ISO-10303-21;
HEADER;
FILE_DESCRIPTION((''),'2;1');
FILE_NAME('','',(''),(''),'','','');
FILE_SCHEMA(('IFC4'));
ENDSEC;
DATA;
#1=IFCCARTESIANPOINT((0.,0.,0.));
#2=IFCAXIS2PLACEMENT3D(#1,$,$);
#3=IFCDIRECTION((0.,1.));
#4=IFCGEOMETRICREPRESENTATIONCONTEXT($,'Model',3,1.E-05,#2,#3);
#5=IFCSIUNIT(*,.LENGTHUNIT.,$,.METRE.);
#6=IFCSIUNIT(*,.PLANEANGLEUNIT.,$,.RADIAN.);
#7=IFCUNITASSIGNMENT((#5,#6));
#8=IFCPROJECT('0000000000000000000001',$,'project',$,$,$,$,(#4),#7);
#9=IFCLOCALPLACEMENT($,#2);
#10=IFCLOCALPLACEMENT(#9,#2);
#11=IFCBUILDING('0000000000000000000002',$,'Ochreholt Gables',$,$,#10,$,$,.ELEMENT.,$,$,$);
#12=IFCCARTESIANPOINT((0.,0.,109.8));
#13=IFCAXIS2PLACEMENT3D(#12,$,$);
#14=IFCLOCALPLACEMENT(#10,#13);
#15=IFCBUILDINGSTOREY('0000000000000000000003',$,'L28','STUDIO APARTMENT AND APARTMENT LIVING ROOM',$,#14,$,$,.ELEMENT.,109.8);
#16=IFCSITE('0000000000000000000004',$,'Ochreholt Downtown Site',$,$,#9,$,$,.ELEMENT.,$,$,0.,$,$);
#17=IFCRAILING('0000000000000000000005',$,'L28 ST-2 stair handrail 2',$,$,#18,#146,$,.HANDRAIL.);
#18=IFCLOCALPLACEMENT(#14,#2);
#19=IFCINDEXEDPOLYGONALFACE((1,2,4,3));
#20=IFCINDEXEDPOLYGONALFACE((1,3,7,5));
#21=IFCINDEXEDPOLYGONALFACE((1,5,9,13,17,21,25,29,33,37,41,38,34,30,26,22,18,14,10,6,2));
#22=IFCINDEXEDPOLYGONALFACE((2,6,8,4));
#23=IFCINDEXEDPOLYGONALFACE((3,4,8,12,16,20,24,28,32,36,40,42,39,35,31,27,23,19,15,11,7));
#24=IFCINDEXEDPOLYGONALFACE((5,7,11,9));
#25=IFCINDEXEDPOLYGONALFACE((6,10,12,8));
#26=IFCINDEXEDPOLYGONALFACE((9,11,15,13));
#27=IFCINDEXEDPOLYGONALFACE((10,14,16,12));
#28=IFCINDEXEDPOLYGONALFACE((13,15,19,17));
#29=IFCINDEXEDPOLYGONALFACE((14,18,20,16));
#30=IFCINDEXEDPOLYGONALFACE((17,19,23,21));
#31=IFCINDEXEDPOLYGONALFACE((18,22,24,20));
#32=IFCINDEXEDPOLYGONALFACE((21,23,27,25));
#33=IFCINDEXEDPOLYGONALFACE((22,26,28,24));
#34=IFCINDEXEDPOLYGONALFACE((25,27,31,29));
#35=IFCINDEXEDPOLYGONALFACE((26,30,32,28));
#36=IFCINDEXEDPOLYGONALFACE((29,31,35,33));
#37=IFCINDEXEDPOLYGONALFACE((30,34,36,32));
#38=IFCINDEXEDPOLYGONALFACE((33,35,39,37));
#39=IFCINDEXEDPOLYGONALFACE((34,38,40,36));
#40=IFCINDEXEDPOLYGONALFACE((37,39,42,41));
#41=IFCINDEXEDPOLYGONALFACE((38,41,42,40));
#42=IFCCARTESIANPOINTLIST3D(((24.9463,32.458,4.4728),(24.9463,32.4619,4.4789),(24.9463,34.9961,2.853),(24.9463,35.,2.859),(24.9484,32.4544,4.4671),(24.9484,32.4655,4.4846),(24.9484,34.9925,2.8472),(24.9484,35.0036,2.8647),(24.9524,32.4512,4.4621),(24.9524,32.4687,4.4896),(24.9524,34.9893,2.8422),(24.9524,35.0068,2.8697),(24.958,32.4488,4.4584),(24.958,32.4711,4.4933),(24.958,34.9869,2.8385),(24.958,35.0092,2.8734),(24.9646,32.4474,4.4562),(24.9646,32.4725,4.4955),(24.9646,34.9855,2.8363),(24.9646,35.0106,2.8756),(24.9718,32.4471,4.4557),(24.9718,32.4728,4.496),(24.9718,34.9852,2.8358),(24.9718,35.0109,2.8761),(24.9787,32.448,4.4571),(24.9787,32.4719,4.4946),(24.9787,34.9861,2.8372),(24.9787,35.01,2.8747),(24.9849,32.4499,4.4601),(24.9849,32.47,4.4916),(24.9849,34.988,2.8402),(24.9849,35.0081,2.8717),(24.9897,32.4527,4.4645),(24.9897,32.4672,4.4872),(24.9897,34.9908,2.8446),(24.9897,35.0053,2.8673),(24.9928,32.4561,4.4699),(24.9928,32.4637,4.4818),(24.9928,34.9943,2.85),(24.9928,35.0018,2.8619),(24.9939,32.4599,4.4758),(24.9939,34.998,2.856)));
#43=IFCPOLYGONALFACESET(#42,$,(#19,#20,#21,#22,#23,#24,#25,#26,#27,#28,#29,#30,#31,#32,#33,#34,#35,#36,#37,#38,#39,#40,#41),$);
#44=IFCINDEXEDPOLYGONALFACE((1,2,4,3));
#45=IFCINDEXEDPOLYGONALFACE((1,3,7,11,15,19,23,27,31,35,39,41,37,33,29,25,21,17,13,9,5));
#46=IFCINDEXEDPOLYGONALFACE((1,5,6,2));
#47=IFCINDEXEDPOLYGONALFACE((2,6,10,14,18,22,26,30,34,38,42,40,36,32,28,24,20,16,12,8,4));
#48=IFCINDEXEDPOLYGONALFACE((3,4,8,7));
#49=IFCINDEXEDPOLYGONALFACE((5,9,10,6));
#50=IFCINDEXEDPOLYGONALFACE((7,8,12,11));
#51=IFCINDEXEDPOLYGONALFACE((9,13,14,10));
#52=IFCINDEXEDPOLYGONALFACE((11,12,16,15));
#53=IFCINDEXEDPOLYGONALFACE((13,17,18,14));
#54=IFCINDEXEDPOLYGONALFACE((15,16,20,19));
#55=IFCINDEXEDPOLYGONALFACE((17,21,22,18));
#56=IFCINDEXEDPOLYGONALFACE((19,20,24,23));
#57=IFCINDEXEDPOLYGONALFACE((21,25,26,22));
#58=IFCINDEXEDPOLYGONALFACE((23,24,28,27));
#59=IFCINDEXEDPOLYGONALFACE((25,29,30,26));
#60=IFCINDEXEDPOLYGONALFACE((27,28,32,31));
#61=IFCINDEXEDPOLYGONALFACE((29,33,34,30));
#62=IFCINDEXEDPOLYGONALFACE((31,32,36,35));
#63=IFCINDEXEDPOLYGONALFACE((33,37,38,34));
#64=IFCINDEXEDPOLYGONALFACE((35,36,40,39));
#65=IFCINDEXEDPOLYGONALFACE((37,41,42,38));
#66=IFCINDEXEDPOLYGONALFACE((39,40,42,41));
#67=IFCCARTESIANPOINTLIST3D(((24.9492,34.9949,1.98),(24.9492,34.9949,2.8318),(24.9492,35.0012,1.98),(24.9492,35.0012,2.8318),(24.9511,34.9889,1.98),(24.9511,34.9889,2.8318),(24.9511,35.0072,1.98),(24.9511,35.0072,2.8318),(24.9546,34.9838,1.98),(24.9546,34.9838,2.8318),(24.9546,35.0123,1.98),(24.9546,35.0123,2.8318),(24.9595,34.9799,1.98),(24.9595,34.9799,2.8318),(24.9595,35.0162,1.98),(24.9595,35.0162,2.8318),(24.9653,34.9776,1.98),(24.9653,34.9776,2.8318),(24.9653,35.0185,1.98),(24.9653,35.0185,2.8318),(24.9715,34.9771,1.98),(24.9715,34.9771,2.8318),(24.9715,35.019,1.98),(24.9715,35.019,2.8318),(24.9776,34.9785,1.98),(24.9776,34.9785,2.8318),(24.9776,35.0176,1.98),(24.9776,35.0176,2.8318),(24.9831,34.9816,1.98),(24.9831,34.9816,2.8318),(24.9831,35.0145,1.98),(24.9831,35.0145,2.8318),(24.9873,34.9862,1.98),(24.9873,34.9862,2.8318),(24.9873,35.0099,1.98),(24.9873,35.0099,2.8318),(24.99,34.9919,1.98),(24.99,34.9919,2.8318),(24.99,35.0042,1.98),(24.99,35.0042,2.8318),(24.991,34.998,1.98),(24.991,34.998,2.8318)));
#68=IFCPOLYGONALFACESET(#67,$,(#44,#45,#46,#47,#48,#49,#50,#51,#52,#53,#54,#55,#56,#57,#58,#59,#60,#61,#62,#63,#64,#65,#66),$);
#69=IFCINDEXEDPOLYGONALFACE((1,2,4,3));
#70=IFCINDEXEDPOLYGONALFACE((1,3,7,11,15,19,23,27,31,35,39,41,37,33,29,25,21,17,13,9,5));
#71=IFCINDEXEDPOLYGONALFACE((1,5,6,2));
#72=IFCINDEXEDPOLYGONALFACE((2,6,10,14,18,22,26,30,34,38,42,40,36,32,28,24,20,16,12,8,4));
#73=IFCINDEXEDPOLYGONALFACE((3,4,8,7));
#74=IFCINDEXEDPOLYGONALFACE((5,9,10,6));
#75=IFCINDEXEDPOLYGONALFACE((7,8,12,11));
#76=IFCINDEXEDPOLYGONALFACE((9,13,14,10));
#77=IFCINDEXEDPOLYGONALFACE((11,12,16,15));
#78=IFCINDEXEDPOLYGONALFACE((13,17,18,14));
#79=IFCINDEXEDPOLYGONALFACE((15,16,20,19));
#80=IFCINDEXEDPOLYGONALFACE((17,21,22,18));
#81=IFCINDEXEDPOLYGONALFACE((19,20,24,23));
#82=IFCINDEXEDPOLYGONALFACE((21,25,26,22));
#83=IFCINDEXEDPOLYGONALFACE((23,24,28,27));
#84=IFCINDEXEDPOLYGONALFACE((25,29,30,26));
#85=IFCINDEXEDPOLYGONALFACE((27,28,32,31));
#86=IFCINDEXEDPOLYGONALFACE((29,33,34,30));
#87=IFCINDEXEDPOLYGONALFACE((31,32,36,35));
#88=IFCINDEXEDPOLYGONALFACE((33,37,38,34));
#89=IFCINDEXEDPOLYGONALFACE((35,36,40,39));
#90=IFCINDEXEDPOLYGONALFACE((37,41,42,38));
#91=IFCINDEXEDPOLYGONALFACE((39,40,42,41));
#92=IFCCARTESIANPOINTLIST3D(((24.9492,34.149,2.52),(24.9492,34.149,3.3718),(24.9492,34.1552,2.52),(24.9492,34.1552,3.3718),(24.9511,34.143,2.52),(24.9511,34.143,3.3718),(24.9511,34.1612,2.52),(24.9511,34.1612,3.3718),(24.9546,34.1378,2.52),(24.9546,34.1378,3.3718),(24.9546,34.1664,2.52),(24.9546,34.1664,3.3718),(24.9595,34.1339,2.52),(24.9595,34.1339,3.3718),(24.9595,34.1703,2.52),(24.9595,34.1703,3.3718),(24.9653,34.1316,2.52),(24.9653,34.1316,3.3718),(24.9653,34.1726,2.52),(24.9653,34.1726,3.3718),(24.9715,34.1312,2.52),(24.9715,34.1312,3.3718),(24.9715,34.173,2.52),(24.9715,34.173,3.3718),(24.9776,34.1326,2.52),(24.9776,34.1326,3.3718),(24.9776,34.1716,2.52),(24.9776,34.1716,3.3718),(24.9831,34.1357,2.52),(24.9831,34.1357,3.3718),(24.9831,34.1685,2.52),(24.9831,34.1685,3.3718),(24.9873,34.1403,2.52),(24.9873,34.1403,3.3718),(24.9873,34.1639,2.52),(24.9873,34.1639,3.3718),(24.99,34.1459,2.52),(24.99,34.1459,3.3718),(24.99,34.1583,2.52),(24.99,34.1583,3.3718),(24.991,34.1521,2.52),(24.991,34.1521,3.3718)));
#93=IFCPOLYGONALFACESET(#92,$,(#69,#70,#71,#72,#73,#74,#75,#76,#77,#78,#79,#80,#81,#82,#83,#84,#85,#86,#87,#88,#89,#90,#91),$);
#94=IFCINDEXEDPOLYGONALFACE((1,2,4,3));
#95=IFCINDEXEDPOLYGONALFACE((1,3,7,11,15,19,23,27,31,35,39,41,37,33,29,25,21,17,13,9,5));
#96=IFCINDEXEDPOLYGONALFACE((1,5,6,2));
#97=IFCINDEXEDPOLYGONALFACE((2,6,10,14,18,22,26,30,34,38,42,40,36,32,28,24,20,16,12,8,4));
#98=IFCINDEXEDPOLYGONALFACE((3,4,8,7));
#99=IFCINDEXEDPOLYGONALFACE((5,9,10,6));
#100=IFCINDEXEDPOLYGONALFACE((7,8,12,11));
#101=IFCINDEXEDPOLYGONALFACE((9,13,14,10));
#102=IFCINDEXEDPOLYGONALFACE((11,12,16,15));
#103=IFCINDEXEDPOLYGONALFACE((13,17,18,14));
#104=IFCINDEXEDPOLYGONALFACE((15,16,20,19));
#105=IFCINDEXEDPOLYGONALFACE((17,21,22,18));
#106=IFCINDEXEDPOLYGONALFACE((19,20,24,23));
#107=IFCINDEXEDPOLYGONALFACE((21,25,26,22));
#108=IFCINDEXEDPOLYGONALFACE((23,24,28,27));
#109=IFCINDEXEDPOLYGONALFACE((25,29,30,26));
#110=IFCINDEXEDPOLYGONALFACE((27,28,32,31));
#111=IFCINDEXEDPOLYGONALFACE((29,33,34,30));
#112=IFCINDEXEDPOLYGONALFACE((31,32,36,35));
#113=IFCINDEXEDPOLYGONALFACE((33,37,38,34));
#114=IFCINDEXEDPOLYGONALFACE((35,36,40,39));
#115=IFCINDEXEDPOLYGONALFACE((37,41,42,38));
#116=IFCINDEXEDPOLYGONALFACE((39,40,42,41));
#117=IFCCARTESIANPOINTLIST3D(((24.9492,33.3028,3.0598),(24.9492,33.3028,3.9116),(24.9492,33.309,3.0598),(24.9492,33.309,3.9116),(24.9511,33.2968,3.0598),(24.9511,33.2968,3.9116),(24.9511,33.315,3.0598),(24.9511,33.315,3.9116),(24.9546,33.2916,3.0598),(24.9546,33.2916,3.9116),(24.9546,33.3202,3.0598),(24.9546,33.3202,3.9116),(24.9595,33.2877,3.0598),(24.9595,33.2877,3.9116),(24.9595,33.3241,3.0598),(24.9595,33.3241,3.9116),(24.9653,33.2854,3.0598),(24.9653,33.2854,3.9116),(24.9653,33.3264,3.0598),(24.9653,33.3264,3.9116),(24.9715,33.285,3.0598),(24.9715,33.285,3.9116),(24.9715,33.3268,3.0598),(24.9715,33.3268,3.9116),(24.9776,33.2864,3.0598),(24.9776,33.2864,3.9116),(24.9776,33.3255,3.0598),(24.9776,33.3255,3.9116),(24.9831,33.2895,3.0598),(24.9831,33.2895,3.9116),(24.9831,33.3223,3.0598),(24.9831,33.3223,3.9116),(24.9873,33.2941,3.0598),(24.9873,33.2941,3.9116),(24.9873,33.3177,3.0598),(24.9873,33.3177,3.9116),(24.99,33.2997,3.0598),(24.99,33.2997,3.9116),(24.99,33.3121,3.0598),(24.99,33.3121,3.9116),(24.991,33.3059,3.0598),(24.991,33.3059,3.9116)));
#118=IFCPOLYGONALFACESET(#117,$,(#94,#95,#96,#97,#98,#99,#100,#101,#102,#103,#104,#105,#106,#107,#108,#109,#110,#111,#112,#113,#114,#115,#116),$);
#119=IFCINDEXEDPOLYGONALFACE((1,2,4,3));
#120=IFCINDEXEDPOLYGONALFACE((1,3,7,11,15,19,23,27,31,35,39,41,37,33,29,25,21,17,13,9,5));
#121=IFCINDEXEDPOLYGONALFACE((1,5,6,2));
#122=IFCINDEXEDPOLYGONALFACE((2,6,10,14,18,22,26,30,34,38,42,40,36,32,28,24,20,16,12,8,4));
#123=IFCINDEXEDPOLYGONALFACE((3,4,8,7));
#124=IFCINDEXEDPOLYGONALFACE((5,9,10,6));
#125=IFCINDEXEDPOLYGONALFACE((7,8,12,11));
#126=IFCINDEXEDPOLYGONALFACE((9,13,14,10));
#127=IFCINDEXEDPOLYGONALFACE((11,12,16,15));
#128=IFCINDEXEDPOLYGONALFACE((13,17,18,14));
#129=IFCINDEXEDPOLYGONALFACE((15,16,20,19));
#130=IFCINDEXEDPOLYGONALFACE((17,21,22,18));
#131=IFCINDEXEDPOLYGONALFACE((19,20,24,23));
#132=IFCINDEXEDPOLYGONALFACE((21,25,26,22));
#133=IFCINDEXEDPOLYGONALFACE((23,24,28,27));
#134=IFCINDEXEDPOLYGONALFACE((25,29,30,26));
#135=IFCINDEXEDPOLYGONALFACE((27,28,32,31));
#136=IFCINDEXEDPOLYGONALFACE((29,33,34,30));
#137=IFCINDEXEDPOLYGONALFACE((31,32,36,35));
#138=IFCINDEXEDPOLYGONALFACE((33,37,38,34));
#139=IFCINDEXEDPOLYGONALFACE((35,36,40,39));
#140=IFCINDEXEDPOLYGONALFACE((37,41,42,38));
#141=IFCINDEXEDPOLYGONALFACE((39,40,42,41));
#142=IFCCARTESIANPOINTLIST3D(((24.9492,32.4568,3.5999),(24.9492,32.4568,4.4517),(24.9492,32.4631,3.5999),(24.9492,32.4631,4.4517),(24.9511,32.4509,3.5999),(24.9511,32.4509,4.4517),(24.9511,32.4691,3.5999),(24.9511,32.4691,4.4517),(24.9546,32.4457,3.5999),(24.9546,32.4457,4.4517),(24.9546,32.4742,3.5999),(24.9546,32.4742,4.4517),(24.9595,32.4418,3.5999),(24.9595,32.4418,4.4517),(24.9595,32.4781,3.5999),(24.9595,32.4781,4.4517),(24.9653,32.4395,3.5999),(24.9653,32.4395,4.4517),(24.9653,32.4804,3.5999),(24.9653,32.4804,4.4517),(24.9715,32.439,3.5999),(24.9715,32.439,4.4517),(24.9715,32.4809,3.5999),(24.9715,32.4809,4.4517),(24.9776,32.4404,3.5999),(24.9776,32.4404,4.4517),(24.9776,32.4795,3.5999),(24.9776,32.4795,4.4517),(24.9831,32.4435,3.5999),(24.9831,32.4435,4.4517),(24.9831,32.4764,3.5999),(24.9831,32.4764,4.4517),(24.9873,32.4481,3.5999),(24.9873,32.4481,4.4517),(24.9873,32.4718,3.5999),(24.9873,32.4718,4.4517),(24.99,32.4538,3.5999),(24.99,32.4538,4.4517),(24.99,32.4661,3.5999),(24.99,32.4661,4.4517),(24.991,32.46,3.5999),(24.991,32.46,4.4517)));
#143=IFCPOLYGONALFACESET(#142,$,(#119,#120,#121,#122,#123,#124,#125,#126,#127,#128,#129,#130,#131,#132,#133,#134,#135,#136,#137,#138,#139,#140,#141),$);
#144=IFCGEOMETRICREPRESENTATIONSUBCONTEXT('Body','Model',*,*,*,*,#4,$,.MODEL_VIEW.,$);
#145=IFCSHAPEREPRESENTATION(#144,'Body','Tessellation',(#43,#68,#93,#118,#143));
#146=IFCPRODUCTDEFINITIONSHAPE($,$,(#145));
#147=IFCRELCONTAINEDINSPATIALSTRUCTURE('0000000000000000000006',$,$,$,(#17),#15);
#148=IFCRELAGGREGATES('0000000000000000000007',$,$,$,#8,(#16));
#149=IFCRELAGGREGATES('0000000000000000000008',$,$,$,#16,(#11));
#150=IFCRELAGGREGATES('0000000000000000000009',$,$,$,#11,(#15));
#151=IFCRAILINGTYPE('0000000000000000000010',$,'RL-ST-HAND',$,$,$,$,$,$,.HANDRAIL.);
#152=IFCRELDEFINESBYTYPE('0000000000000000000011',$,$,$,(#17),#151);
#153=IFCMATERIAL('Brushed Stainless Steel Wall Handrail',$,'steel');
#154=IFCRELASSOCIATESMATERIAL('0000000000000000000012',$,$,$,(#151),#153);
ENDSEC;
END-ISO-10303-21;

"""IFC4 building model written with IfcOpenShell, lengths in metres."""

from ifc_helpers import new_model, si_unit, direction, frame, origin, origin_2d, place, context, subcontext, project, spatial, circle, extrude, material, type_object, element, save


model = new_model("IFC4")

# Units and contexts
model_context = context("Model", 3, precision=1e-05, world=origin(), true_north=direction((0.0, 1.0)))
body_context = subcontext(model_context, "Body", "Model", "MODEL_VIEW")
ifc_project = project(units=[si_unit("LENGTHUNIT", "METRE"), si_unit("PLANEANGLEUNIT", "RADIAN")], contexts=[model_context])

# Site, building, storey
site_placement = place(None, origin())
site = spatial("IfcSite", under=ifc_project, at=site_placement, Name="Ochreholt Downtown Site", CompositionType="ELEMENT", RefElevation=0.0)
building_placement = place(site_placement, origin())
building = spatial("IfcBuilding", under=site, at=building_placement, Name="Ochreholt Gables", CompositionType="ELEMENT")
storey_placement = place(building_placement, frame((0.0, 0.0, 109.8)))
storey = spatial("IfcBuildingStorey", under=building, at=storey_placement, Name="L28", Description="STUDIO APARTMENT AND APARTMENT LIVING ROOM", CompositionType="ELEMENT", Elevation=109.8)

# Railing
ifc_material_1 = material(Name="Brushed Stainless Steel Wall Handrail", Category="steel")
railing_type_1 = type_object("IfcRailingType", Name="RL-ST-HAND", PredefinedType="HANDRAIL", material=ifc_material_1)
railing_1_placement = place(storey_placement, frame((24.97, 34.998, 1.98)))
element("IfcRailing", 1, at=railing_1_placement, inside=storey, type_object=railing_type_1, Name="L28 ST-2 stair handrail 2", PredefinedType="HANDRAIL", context=body_context, shape_type="SweptSolid", body=[
    extrude(circle(Radius=0.0239, at=origin_2d()), frame((0.0, 0.0, 0.876), z_axis=(0.0, -0.84295, 0.537993), x_axis=(1.0, 0.0, 0.0)), (0.0, 0.0, 1.0), 3.011),
    extrude(circle(Radius=0.021, at=origin_2d()), origin(), (0.0, 0.0, 1.0), 0.8518),
    extrude(circle(Radius=0.021, at=origin_2d()), frame((0.0, -0.8459, 0.54)), (0.0, 0.0, 1.0), 0.8518),
    extrude(circle(Radius=0.021, at=origin_2d()), frame((0.0, -1.6921, 1.0798)), (0.0, 0.0, 1.0), 0.8518),
    extrude(circle(Radius=0.021, at=origin_2d()), frame((0.0, -2.5381, 1.6199)), (0.0, 0.0, 1.0), 0.8518),
])

save(model, "model.ifc")
